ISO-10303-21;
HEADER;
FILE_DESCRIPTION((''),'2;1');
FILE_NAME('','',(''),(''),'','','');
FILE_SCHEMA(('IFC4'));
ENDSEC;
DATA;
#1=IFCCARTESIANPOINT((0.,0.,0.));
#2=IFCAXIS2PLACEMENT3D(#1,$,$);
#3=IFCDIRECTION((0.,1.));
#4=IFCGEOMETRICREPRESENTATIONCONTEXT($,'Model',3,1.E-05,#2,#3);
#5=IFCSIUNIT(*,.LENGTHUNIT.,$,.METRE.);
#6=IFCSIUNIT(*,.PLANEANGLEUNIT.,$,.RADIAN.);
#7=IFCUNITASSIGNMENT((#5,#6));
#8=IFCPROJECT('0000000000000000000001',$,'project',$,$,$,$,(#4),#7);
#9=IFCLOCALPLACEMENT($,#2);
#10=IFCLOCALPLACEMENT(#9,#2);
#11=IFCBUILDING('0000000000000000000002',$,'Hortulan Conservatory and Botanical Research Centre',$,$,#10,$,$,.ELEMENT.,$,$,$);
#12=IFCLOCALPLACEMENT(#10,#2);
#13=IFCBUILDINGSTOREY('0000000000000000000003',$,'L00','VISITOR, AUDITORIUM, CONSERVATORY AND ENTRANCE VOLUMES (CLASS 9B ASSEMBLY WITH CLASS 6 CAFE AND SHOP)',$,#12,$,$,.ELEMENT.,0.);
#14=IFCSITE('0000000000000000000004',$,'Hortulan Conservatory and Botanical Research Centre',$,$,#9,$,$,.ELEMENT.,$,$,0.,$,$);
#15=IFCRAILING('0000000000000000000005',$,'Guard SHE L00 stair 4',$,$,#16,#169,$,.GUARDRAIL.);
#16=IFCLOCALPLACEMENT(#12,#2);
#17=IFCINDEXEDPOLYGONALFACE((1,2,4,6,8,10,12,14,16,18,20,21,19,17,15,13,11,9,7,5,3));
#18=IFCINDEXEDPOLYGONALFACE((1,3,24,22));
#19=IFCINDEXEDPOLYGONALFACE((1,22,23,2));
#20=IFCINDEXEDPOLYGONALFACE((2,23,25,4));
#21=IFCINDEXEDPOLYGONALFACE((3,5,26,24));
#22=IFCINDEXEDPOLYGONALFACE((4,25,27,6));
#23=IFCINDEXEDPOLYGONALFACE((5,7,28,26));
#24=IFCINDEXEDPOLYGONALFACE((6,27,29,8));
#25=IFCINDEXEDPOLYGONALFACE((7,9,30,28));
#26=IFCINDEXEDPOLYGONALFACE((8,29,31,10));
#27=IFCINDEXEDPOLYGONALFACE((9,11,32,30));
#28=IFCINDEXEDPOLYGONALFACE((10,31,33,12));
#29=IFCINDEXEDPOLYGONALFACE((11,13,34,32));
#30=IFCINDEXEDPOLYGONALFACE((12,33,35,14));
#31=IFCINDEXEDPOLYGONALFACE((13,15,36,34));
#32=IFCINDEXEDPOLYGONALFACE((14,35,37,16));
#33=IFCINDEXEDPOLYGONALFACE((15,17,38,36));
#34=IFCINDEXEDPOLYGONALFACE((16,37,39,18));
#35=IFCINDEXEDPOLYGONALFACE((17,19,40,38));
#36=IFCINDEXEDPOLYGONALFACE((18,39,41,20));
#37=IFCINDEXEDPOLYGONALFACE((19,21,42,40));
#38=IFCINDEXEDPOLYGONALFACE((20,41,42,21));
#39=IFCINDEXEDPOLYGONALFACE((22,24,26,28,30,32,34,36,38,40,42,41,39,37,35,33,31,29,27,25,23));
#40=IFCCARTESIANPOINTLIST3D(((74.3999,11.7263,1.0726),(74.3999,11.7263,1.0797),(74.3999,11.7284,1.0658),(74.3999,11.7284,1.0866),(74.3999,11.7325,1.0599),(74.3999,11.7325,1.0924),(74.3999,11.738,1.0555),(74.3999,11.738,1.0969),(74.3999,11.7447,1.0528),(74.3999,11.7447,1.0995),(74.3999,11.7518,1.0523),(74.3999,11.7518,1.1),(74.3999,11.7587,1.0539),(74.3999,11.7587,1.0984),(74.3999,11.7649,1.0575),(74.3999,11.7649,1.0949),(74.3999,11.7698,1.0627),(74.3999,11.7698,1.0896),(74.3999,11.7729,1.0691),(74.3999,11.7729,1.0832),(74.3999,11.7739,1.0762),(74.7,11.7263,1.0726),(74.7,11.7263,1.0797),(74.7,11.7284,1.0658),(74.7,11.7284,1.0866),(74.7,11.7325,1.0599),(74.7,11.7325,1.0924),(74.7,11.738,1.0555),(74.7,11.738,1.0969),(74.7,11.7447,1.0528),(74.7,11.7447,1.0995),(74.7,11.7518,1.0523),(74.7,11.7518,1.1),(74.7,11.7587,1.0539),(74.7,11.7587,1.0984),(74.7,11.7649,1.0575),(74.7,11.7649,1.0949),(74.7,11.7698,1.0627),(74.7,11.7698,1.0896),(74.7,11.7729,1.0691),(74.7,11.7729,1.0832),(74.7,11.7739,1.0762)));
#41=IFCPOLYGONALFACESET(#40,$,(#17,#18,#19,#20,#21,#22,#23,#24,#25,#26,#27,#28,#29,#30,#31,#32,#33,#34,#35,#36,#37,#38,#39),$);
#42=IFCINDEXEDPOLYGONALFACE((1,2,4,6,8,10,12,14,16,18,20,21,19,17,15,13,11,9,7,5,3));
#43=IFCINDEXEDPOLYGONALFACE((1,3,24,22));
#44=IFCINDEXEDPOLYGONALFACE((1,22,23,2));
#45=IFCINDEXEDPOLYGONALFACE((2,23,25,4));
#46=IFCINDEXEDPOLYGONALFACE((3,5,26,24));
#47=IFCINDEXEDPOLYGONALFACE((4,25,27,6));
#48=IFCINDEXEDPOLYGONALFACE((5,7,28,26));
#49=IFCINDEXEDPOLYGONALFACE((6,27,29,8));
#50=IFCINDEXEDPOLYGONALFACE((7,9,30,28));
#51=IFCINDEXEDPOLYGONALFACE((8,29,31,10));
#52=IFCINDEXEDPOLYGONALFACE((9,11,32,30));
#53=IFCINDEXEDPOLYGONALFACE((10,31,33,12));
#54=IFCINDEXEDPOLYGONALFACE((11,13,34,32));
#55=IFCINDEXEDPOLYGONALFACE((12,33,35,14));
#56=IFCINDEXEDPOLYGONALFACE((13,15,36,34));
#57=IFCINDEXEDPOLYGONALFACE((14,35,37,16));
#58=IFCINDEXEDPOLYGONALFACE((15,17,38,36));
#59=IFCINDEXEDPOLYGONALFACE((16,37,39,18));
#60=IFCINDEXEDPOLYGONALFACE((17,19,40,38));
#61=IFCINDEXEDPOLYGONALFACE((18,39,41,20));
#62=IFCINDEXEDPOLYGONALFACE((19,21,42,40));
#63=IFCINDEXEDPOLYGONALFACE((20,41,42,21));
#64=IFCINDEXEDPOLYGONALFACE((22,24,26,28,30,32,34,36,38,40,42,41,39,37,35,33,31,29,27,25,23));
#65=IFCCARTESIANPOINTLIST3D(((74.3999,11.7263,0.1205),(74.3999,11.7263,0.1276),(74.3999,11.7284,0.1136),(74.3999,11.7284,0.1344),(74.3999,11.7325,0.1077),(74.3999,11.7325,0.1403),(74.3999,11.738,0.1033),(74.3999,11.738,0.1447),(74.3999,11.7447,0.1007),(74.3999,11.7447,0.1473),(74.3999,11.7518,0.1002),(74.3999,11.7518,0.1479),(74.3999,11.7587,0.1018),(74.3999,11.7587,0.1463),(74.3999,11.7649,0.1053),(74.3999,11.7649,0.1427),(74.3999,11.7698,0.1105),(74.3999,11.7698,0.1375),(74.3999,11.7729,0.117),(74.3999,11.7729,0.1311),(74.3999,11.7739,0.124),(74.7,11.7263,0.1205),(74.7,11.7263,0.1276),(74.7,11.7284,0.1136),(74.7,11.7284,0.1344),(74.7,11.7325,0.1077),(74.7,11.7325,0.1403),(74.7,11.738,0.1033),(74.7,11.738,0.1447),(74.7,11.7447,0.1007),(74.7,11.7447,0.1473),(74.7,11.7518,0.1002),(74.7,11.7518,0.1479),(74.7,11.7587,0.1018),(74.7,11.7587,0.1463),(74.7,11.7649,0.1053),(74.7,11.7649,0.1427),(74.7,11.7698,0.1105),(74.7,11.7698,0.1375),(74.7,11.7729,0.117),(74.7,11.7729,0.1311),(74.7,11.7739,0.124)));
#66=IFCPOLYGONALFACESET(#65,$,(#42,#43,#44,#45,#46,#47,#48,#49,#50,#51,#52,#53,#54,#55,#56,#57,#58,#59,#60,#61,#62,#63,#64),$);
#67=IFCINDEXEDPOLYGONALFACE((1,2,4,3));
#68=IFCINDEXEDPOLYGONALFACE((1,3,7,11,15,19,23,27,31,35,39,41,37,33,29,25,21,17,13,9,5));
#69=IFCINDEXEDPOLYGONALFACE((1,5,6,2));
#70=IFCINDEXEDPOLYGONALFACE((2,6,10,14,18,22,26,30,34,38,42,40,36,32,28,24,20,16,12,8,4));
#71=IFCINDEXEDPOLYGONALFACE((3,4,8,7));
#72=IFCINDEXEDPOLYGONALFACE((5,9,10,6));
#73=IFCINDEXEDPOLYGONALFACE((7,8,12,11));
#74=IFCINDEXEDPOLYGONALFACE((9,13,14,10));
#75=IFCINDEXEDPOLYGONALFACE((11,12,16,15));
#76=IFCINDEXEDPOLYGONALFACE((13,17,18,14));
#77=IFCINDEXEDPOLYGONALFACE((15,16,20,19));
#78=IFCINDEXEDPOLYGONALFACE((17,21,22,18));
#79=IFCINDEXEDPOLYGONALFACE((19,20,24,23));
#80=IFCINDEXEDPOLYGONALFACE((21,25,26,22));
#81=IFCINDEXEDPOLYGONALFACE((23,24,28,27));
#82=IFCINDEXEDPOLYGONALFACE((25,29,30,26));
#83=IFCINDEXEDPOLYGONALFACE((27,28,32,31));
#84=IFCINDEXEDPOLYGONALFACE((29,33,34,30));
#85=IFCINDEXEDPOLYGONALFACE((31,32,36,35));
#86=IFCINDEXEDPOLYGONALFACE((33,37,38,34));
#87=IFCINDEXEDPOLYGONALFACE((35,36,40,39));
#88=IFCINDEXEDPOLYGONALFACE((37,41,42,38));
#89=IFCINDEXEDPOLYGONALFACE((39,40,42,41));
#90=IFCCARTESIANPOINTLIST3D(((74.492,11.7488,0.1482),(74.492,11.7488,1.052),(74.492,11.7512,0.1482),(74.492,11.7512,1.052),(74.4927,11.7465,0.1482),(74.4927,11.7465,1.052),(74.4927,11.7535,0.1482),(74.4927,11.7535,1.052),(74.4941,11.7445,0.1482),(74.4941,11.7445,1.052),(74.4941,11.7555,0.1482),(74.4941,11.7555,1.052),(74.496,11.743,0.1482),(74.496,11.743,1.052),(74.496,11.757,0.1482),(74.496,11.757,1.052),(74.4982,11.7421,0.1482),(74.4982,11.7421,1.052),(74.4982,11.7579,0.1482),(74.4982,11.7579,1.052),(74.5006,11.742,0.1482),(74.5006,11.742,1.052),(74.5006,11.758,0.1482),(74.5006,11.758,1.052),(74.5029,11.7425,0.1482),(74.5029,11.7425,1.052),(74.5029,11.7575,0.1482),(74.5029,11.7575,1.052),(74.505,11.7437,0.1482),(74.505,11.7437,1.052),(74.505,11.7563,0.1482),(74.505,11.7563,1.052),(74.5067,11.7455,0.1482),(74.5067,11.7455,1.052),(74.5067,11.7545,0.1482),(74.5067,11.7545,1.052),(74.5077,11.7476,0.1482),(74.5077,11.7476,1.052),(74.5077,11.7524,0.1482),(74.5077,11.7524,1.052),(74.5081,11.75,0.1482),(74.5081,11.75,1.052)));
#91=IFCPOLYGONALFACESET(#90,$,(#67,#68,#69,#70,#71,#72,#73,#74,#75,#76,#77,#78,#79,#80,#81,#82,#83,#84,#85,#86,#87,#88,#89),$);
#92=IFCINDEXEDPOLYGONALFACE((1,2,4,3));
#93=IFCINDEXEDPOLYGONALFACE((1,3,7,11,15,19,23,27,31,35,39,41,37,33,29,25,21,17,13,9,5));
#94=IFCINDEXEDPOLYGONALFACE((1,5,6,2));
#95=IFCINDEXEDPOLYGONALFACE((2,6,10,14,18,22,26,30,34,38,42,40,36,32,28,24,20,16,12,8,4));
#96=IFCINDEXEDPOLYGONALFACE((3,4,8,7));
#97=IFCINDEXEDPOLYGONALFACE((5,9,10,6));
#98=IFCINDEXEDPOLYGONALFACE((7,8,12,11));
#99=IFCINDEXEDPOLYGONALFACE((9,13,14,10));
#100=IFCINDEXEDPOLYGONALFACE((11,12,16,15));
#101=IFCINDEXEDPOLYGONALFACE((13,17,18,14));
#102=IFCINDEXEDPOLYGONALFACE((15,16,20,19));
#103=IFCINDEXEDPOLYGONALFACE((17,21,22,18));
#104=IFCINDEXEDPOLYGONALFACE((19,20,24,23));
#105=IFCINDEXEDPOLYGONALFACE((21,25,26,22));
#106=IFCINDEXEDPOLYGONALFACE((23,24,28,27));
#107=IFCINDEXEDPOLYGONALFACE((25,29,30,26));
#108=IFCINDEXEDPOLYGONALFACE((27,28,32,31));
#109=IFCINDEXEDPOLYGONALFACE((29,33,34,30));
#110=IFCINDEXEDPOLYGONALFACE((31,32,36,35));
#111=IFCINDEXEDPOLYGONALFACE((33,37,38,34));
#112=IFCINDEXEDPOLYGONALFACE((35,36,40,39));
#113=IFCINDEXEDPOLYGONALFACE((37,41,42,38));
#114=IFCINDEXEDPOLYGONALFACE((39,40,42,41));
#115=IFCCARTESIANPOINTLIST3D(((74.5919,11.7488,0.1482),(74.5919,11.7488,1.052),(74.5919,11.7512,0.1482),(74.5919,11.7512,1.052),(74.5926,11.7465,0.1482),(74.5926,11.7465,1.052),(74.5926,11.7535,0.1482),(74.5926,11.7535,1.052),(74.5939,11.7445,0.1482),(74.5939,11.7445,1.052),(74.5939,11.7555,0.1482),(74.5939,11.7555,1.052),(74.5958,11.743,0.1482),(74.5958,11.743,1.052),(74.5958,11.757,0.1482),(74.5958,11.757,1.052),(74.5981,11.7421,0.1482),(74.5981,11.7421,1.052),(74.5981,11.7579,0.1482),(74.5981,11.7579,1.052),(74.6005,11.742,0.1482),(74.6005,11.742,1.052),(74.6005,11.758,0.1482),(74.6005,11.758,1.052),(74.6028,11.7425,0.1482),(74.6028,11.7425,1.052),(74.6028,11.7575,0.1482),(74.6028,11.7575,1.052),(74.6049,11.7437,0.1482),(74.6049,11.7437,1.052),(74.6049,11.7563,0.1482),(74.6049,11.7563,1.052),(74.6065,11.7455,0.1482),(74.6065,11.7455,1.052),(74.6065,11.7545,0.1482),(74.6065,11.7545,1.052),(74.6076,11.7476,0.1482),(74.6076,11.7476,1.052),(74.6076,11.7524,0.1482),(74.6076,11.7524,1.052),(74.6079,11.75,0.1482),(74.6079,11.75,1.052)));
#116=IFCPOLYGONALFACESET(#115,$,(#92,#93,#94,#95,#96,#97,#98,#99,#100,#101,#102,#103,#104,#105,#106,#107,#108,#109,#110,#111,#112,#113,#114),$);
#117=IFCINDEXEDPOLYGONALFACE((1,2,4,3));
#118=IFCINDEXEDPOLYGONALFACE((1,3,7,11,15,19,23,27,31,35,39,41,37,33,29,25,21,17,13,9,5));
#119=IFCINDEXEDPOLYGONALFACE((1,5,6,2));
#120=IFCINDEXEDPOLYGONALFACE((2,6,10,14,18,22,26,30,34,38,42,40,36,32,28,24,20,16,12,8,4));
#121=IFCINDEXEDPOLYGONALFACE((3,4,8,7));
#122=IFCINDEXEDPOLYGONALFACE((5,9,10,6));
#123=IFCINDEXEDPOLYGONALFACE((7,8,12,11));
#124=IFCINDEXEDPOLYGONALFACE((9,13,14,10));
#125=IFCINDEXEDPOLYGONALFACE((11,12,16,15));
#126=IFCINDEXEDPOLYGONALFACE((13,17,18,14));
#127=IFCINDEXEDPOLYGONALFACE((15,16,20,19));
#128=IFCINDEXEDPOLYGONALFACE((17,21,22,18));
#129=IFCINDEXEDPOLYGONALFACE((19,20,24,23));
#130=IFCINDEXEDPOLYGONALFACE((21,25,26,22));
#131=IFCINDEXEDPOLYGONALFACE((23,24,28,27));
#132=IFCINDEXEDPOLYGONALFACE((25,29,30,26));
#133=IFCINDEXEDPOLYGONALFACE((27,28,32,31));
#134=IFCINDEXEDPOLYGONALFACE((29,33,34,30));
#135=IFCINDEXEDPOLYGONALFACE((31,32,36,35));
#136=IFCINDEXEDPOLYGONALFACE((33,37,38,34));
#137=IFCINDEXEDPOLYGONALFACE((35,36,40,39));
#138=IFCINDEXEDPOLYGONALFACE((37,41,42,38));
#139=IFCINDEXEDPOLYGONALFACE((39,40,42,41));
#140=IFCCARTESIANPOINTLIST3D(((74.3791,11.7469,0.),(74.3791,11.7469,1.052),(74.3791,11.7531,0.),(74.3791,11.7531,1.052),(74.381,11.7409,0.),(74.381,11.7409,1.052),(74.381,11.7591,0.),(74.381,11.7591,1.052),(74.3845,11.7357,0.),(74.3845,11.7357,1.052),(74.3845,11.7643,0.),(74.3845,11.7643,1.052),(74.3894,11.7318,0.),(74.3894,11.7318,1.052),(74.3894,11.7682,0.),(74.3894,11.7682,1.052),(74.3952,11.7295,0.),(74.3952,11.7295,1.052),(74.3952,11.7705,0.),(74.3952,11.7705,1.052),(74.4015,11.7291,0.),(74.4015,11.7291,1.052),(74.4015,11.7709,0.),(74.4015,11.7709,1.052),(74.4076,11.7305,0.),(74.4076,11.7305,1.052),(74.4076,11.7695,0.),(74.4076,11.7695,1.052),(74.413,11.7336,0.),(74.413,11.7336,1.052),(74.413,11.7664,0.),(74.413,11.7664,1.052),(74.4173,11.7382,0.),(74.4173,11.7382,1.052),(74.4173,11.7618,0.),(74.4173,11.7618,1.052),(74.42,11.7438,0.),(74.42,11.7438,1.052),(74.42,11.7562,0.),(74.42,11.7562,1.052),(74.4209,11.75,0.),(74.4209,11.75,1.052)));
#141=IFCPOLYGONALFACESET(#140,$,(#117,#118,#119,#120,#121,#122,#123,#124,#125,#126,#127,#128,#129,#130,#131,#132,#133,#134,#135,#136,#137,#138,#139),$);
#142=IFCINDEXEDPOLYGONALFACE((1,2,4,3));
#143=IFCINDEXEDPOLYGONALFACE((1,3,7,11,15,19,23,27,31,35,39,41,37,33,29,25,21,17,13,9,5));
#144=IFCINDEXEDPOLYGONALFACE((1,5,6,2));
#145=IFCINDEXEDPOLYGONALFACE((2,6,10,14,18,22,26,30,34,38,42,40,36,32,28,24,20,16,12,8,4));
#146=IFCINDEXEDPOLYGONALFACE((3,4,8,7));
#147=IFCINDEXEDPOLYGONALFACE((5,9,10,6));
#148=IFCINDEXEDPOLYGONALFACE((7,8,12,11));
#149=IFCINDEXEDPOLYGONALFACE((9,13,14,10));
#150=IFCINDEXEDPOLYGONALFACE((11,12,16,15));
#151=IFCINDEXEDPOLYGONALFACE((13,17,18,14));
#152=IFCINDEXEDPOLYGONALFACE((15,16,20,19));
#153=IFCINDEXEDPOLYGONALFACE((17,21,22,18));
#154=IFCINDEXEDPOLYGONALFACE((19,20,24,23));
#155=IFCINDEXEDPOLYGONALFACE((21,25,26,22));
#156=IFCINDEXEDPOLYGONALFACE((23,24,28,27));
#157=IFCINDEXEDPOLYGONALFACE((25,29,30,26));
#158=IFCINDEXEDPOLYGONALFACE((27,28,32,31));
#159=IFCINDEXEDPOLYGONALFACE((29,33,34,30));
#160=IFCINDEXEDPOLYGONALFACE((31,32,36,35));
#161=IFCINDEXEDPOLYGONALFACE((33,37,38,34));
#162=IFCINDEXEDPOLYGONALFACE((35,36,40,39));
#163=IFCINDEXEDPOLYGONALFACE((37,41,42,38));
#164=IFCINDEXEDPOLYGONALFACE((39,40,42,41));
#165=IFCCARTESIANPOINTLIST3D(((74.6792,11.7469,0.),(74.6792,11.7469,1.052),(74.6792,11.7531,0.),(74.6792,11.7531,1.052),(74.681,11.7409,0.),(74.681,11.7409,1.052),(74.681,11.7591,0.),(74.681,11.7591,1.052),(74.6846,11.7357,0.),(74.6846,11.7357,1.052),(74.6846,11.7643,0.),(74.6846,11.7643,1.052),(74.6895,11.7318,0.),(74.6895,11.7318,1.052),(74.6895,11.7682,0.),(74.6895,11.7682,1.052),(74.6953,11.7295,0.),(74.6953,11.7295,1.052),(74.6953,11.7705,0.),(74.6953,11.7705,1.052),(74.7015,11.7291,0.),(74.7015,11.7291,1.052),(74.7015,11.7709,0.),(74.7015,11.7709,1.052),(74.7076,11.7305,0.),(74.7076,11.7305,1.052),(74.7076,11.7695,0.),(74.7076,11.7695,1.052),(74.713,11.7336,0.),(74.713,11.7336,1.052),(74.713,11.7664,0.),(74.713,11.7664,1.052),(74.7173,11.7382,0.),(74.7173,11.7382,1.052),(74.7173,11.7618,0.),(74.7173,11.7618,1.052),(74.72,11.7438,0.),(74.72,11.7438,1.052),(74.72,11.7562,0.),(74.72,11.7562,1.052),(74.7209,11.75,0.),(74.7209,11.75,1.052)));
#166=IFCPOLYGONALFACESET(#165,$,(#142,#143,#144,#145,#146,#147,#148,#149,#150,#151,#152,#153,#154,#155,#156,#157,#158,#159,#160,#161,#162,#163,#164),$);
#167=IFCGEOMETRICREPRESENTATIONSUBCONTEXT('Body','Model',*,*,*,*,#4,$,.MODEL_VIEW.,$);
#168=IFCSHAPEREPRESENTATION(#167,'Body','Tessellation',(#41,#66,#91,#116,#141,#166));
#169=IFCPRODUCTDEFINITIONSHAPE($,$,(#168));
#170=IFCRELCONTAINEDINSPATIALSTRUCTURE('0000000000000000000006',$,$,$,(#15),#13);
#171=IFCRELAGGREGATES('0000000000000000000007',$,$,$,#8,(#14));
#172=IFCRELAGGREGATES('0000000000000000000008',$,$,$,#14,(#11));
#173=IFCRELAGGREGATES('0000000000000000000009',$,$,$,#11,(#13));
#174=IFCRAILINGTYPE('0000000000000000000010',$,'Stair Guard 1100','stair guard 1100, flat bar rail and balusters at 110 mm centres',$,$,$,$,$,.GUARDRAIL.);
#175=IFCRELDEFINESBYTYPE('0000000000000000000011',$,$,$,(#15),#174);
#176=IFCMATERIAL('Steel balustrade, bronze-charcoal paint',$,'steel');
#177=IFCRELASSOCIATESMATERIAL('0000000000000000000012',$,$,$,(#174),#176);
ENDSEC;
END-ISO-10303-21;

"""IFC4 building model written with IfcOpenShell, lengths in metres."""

from ifc_helpers import new_model, si_unit, direction, frame, origin, origin_2d, place, context, subcontext, project, spatial, circle, extrude, material, type_object, element, save


model = new_model("IFC4")

# Units and contexts
model_context = context("Model", 3, precision=1e-05, world=origin(), true_north=direction((0.0, 1.0)))
body_context = subcontext(model_context, "Body", "Model", "MODEL_VIEW")
ifc_project = project(units=[si_unit("LENGTHUNIT", "METRE"), si_unit("PLANEANGLEUNIT", "RADIAN")], contexts=[model_context])

# Site, building, storey
site_placement = place(None, origin())
site = spatial("IfcSite", under=ifc_project, at=site_placement, Name="Hortulan Conservatory and Botanical Research Centre", CompositionType="ELEMENT", RefElevation=0.0)
building_placement = place(site_placement, origin())
building = spatial("IfcBuilding", under=site, at=building_placement, Name="Hortulan Conservatory and Botanical Research Centre", CompositionType="ELEMENT")
storey_placement = place(building_placement, origin())
storey = spatial("IfcBuildingStorey", under=building, at=storey_placement, Name="L00", Description="VISITOR, AUDITORIUM, CONSERVATORY AND ENTRANCE VOLUMES (CLASS 9B ASSEMBLY WITH CLASS 6 CAFE AND SHOP)", CompositionType="ELEMENT", Elevation=0.0)

# Railing
ifc_material_1 = material(Name="Steel balustrade, bronze-charcoal paint", Category="steel")
railing_type_1 = type_object("IfcRailingType", Name="Stair Guard 1100", Description="stair guard 1100, flat bar rail and balusters at 110 mm centres", PredefinedType="GUARDRAIL", material=ifc_material_1)
railing_1_placement = place(storey_placement, frame((74.3999, 11.75, 0.0)))
element("IfcRailing", 1, at=railing_1_placement, inside=storey, type_object=railing_type_1, Name="Guard SHE L00 stair 4", PredefinedType="GUARDRAIL", context=body_context, shape_type="SweptSolid", body=[
    extrude(circle(Radius=0.0239, at=origin_2d()), frame((0.0, 0.0, 1.0762), z_axis=(1.0, 0.0, 0.0), x_axis=(0.0, 1.0, 0.0)), (0.0, 0.0, 1.0), 0.3),
    extrude(circle(Radius=0.0239, at=origin_2d()), frame((0.0, 0.0, 0.124), z_axis=(1.0, 0.0, 0.0), x_axis=(0.0, 1.0, 0.0)), (0.0, 0.0, 1.0), 0.3),
    extrude(circle(Radius=0.0081, at=origin_2d()), frame((0.1001, 0.0, 0.1482)), (0.0, 0.0, 1.0), 0.9038),
    extrude(circle(Radius=0.0081, at=origin_2d()), frame((0.2, 0.0, 0.1482)), (0.0, 0.0, 1.0), 0.9038),
    extrude(circle(Radius=0.021, at=origin_2d()), origin(), (0.0, 0.0, 1.0), 1.052),
    extrude(circle(Radius=0.021, at=origin_2d()), frame((0.3, 0.0, 0.0)), (0.0, 0.0, 1.0), 1.052),
])

save(model, "model.ifc")
